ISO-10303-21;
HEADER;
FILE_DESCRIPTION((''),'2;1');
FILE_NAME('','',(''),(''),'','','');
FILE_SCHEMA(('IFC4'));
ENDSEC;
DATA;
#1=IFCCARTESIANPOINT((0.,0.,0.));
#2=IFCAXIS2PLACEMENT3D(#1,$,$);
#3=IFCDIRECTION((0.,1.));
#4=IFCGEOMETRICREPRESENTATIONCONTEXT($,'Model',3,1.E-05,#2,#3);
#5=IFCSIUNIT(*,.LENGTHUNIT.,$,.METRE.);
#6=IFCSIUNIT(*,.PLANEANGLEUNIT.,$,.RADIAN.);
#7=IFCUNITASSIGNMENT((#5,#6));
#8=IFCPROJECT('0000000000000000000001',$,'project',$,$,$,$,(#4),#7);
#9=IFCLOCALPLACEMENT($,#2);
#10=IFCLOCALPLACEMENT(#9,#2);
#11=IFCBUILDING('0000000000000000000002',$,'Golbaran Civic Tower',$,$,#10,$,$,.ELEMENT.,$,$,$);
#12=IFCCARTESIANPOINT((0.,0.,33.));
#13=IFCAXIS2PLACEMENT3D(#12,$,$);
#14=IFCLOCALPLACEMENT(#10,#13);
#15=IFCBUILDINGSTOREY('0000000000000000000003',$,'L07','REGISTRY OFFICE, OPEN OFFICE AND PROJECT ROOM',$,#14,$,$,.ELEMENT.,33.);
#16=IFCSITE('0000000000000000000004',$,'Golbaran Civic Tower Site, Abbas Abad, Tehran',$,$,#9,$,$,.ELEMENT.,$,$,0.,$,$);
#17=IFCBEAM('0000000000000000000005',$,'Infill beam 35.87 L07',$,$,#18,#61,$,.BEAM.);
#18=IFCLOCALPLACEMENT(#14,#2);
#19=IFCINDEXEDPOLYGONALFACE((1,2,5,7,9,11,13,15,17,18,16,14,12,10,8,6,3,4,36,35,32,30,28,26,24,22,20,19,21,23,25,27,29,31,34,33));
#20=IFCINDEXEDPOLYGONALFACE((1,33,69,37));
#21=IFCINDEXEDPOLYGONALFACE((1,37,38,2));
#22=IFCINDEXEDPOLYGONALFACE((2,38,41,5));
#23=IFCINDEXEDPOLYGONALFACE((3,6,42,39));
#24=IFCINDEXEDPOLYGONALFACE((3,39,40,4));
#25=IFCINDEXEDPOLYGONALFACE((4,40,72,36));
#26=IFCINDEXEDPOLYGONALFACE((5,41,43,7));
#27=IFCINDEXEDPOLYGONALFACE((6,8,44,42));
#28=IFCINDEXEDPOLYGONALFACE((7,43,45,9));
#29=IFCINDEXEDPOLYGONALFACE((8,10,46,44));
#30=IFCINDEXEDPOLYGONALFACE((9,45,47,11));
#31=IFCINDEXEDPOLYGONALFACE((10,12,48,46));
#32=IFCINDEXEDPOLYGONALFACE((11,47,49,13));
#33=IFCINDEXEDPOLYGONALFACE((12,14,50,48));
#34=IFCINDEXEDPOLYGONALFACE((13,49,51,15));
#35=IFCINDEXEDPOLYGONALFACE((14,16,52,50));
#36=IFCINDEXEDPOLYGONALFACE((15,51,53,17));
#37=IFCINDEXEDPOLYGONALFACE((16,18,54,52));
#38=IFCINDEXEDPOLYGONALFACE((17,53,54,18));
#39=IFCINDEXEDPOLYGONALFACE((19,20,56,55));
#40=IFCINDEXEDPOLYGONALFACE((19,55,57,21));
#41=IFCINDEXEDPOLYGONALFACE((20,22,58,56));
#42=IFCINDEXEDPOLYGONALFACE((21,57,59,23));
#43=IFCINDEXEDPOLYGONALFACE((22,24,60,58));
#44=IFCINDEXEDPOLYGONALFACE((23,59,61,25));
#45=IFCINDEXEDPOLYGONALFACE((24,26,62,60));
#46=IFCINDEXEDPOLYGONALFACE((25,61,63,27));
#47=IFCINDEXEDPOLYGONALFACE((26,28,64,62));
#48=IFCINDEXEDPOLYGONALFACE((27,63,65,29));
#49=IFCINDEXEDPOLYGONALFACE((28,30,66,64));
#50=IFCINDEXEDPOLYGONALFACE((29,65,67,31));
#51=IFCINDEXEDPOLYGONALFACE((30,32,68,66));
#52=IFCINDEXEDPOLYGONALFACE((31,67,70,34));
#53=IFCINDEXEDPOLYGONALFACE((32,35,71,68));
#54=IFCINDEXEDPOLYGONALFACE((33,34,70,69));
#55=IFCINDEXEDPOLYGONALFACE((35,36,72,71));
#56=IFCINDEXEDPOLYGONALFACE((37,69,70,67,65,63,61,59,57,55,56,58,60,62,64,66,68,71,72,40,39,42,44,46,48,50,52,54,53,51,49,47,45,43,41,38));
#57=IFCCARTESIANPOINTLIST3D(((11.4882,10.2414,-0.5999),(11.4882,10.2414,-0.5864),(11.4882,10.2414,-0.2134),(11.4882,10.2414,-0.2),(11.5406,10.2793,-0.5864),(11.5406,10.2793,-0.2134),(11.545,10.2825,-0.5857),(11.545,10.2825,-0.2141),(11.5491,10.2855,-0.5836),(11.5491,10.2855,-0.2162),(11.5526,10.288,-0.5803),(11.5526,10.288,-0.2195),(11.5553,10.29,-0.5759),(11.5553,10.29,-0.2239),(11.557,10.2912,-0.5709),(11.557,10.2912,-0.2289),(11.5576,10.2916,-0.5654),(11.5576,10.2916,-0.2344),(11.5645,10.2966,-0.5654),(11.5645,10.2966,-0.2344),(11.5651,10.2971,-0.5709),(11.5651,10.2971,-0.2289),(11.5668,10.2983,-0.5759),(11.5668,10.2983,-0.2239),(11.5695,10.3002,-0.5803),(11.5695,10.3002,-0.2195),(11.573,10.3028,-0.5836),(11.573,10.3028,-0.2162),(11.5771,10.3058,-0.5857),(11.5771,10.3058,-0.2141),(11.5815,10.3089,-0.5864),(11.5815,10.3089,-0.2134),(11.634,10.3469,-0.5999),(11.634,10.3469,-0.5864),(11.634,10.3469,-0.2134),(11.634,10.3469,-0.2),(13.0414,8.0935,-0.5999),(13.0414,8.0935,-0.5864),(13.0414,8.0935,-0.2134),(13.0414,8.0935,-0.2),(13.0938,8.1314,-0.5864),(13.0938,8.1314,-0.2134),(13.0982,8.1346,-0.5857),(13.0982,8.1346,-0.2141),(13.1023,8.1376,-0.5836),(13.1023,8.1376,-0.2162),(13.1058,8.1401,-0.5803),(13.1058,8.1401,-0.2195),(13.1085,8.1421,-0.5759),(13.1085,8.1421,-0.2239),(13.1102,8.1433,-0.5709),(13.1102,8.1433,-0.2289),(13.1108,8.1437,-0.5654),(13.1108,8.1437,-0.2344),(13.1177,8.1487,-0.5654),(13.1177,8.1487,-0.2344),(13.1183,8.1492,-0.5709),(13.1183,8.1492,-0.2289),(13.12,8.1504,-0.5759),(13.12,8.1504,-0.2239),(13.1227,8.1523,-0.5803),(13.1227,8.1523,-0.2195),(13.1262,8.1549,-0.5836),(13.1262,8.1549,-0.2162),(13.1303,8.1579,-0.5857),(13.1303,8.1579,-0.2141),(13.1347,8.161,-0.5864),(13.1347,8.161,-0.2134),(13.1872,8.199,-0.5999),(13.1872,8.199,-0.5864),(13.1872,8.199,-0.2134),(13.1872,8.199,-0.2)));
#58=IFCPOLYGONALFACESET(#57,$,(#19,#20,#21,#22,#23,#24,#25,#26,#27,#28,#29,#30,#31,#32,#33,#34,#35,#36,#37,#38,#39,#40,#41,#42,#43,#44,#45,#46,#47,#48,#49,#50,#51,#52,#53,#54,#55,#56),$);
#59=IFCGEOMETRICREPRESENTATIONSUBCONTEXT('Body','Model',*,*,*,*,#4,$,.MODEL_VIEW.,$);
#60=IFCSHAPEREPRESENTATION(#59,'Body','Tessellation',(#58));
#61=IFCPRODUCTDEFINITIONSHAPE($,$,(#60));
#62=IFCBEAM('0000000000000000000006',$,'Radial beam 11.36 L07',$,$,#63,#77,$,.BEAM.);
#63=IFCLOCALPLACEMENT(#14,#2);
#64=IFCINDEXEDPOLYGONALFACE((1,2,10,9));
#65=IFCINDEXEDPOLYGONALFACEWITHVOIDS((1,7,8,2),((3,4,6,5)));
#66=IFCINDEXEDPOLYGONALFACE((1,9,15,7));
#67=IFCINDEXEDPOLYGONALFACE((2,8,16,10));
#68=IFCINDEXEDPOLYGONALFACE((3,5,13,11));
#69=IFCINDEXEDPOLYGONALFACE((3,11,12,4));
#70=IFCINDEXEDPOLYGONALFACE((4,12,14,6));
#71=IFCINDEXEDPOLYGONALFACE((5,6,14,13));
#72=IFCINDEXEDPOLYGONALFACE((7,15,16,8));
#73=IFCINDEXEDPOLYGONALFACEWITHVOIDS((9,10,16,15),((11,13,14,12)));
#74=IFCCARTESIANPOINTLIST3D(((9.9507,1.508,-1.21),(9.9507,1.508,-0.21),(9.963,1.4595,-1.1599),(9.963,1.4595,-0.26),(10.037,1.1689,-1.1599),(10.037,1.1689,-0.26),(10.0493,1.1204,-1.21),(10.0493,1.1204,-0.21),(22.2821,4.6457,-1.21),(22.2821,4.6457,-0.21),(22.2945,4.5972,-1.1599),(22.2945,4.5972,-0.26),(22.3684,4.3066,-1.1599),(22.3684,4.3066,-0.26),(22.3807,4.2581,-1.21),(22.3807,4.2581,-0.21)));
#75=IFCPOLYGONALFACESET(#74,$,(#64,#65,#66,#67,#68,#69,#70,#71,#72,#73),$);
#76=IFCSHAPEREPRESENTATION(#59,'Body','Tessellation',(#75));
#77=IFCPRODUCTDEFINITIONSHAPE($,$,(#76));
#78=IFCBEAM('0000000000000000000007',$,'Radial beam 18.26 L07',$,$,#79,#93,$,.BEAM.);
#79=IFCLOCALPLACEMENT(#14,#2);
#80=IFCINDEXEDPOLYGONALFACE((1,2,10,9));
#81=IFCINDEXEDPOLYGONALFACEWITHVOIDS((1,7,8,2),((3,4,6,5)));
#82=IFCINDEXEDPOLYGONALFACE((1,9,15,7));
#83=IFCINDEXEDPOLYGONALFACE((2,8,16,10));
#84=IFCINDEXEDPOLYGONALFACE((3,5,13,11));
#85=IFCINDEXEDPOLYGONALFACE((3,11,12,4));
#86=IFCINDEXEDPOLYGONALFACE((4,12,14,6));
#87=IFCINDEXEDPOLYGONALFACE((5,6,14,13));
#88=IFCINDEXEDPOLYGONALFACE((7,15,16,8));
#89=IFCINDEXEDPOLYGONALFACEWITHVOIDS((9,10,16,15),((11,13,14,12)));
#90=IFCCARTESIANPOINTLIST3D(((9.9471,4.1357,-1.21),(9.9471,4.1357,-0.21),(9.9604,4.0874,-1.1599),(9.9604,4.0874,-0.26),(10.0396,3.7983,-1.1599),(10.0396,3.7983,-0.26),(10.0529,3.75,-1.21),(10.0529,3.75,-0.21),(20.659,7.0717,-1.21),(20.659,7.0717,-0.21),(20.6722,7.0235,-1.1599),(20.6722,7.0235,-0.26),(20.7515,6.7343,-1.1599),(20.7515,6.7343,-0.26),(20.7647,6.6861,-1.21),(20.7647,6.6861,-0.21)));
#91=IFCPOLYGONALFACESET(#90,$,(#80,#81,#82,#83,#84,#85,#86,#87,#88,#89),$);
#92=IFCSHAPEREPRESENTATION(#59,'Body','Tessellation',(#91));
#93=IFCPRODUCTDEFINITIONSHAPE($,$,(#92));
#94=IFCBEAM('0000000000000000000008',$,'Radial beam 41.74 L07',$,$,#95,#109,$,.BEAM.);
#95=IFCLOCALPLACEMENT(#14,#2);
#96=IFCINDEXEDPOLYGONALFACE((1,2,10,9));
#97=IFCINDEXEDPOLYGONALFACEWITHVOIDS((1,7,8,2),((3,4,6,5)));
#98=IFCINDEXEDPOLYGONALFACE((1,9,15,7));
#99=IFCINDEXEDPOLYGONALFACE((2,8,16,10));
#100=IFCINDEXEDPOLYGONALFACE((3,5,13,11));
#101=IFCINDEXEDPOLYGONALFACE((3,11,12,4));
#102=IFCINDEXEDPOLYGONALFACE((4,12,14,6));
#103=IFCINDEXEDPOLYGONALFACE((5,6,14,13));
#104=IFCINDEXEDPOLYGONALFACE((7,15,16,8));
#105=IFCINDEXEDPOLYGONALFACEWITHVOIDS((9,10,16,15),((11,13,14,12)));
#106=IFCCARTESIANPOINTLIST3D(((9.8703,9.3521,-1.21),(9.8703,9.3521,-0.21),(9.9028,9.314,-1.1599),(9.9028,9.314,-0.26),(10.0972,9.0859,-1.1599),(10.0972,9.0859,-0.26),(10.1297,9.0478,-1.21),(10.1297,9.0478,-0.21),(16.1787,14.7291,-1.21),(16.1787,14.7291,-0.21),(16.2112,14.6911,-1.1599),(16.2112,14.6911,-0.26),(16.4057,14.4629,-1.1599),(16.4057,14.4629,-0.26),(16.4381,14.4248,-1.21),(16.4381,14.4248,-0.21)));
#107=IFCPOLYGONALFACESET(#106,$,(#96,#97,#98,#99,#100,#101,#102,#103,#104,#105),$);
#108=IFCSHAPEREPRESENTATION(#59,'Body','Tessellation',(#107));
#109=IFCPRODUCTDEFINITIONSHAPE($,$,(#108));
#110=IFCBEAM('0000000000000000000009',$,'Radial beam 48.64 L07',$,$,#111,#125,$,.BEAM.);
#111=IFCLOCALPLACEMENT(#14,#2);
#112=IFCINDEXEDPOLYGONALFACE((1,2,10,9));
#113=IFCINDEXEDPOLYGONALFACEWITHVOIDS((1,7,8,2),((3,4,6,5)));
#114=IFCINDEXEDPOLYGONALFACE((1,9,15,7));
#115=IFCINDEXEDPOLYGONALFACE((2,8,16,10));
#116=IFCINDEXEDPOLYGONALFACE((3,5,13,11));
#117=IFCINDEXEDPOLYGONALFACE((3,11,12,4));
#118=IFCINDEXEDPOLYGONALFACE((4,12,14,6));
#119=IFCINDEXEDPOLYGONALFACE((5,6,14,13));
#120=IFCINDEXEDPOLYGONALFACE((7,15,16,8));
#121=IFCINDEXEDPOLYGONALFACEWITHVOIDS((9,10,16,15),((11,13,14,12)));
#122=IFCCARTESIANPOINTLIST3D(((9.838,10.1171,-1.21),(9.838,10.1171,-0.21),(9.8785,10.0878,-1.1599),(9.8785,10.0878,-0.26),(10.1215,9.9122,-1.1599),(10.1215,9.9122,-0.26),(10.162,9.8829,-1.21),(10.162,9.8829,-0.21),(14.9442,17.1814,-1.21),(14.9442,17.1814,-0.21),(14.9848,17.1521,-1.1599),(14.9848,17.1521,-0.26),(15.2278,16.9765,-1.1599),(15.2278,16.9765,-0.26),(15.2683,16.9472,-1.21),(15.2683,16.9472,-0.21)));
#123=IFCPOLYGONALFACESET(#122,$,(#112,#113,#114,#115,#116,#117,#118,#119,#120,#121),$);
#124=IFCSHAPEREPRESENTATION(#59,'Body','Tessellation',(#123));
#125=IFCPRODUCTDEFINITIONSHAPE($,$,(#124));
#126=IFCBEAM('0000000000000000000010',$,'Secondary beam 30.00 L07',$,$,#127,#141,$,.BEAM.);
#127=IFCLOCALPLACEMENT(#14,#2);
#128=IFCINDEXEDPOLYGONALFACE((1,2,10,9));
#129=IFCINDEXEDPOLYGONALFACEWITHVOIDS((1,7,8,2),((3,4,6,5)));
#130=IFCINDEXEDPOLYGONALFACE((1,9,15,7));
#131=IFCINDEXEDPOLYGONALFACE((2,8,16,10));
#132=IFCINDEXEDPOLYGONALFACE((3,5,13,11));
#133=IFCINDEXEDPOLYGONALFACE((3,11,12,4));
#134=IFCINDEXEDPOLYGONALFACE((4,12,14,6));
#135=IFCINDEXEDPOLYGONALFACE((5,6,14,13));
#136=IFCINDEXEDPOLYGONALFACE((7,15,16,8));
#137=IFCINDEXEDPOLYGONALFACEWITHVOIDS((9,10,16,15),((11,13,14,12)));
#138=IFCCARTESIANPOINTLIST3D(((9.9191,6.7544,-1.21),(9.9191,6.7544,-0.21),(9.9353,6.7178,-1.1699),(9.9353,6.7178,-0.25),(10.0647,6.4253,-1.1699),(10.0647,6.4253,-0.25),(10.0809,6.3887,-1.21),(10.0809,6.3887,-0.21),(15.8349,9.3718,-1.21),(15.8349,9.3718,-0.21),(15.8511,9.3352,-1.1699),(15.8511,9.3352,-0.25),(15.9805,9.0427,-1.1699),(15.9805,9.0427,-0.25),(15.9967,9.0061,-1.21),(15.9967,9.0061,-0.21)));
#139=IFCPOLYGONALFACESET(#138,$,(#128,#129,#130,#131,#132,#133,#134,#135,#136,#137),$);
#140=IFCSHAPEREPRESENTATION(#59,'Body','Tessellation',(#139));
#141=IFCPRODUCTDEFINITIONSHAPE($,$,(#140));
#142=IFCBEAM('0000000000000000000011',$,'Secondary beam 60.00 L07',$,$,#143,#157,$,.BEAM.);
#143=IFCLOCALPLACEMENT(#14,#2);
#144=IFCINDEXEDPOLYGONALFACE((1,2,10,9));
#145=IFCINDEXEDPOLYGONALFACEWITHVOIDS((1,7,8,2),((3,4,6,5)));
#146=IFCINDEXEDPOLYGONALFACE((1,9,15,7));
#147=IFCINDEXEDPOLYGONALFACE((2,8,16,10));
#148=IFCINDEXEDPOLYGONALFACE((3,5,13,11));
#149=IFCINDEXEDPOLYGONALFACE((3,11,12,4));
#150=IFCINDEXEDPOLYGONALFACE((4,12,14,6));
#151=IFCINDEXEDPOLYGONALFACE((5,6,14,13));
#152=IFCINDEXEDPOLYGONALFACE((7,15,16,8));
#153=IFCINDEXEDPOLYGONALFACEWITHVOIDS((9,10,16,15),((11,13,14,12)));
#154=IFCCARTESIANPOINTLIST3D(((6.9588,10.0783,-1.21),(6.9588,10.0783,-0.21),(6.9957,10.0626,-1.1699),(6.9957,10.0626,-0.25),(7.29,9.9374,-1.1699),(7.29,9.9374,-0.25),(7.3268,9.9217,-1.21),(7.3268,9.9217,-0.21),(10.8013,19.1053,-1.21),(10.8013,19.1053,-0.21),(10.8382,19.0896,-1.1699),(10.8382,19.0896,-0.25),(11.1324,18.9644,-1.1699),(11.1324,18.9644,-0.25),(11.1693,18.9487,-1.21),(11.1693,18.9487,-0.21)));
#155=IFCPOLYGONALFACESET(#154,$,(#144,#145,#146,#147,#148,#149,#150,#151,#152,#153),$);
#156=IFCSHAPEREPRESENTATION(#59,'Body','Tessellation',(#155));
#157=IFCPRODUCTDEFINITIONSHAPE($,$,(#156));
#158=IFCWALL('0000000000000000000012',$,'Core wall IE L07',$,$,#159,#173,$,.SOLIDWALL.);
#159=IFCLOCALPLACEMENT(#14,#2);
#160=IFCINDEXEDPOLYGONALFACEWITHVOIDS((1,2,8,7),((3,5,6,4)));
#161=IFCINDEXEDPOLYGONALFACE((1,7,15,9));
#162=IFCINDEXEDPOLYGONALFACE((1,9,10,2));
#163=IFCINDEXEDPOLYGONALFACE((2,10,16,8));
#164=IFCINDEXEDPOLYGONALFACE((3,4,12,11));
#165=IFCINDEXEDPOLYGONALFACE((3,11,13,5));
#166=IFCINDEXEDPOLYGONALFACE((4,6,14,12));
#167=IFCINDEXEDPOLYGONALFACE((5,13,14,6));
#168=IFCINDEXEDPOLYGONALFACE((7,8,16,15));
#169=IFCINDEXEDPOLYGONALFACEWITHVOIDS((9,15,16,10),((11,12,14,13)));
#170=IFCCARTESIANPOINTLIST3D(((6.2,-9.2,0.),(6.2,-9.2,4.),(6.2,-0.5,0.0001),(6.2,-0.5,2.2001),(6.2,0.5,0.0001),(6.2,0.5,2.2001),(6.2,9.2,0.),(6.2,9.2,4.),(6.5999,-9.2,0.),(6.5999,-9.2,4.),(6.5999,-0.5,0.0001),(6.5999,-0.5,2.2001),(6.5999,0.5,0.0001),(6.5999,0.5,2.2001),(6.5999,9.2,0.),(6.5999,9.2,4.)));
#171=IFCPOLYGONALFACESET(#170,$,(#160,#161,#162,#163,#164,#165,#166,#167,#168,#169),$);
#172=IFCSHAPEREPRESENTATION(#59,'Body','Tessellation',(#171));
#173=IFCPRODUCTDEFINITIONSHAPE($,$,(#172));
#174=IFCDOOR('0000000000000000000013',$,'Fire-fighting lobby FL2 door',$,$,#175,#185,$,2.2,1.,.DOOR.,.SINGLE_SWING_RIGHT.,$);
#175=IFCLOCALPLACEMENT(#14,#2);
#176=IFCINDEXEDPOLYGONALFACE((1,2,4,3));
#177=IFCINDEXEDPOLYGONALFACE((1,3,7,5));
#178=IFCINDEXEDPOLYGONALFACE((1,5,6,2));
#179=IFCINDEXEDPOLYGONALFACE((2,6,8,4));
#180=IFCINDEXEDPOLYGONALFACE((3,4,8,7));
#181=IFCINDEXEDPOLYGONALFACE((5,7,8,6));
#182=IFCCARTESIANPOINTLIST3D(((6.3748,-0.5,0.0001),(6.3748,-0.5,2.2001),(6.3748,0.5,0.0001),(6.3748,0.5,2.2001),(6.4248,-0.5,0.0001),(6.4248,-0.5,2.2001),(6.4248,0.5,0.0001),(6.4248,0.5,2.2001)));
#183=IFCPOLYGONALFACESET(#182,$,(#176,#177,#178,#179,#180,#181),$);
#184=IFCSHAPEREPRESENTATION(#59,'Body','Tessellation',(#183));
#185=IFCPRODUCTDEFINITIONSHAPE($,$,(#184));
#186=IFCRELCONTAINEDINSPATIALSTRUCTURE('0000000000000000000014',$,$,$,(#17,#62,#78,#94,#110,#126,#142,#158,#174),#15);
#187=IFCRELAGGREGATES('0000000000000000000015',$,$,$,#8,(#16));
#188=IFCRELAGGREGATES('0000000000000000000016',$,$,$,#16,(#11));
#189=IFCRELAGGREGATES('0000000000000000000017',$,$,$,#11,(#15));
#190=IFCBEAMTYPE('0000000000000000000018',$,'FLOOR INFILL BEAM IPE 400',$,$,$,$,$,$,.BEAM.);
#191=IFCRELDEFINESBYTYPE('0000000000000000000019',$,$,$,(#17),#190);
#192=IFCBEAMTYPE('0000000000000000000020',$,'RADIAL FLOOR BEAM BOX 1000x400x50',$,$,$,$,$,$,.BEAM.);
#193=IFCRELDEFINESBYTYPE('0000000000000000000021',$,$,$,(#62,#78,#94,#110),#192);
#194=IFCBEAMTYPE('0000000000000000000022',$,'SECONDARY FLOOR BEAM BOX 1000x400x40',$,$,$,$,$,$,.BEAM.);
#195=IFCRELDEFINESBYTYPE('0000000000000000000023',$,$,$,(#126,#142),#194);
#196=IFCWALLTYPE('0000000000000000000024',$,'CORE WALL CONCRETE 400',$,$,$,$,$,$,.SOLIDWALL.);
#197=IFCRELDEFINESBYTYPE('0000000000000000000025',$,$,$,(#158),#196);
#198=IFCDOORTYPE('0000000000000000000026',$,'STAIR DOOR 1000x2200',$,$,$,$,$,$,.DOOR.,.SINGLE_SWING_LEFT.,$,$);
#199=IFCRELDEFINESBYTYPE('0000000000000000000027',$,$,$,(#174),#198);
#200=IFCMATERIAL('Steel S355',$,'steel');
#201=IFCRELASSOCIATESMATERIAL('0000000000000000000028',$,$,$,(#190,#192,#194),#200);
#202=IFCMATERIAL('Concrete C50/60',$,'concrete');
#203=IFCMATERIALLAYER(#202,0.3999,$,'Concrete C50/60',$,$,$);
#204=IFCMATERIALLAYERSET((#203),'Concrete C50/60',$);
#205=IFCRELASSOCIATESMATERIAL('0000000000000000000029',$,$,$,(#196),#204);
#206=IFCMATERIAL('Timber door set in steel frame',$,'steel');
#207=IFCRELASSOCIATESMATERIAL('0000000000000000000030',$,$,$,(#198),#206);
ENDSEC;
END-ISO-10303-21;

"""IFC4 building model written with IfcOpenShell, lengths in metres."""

from ifc_helpers import new_model, si_unit, direction, frame, frame_2d, origin, origin_2d, place, context, subcontext, project, spatial, rectangle, hollow_rectangle, i_section, extrude, material, layer, layer_set, material_profile, profile_set, type_object, element, fill, save


model = new_model("IFC4")

# Units and contexts
model_context = context("Model", 3, precision=1e-05, world=origin(), true_north=direction((0.0, 1.0)))
body_context = subcontext(model_context, "Body", "Model", "MODEL_VIEW")
ifc_project = project(units=[si_unit("LENGTHUNIT", "METRE"), si_unit("PLANEANGLEUNIT", "RADIAN")], contexts=[model_context])

# Site, building, storey
site_placement = place(None, origin())
site = spatial("IfcSite", under=ifc_project, at=site_placement, Name="Golbaran Civic Tower Site, Abbas Abad, Tehran", CompositionType="ELEMENT", RefElevation=0.0)
building_placement = place(site_placement, origin())
building = spatial("IfcBuilding", under=site, at=building_placement, Name="Golbaran Civic Tower", CompositionType="ELEMENT")
storey_placement = place(building_placement, frame((0.0, 0.0, 33.0)))
storey = spatial("IfcBuildingStorey", under=building, at=storey_placement, Name="L07", Description="REGISTRY OFFICE, OPEN OFFICE AND PROJECT ROOM", CompositionType="ELEMENT", Elevation=33.0)

# Beams
ifc_material_1 = material(Name="Steel S355", Category="steel")
ifc_material_profile_1 = material_profile(ifc_material_1, i_section(OverallWidth=0.1799, OverallDepth=0.3999, WebThickness=0.0085, FlangeThickness=0.0134, FilletRadius=0.021, at=origin_2d()), Name="IPE 400")
ifc_profile_set_1 = profile_set([ifc_material_profile_1], Name="Steel S355")
beam_type_1 = type_object("IfcBeamType", Name="FLOOR INFILL BEAM IPE 400", PredefinedType="BEAM", material=ifc_profile_set_1)
beam_1_placement = place(storey_placement, frame((13.1143, 8.1462, -0.3999), z_axis=(-0.585968, 0.810334, 0.0), x_axis=(-0.810334, -0.585968, 0.0)))
element("IfcBeam", 1, at=beam_1_placement, inside=storey, type_object=beam_type_1, Name="Infill beam 35.87 L07", PredefinedType="BEAM", context=body_context, shape_type="SweptSolid", body=[
    extrude(i_section(OverallWidth=0.1799, OverallDepth=0.3999, WebThickness=0.0085, FlangeThickness=0.0134, FilletRadius=0.021, at=origin_2d()), origin(), (0.0, 0.0, 1.0), 2.6506),
])
ifc_material_profile_2 = material_profile(ifc_material_1, hollow_rectangle(XDim=0.3999, YDim=1.0, WallThickness=0.05, at=origin_2d()), Name="BOX 1000x400x50")
ifc_profile_set_2 = profile_set([ifc_material_profile_2], Name="Steel S355")
beam_type_2 = type_object("IfcBeamType", Name="RADIAL FLOOR BEAM BOX 1000x400x50", PredefinedType="BEAM", material=ifc_profile_set_2)
beam_2_placement = place(storey_placement, frame((10.0, 1.3142, -0.71), z_axis=(0.969121, 0.246588, 0.0), x_axis=(-0.246588, 0.969121, 0.0)))
element("IfcBeam", 2, at=beam_2_placement, inside=storey, type_object=beam_type_2, Name="Radial beam 11.36 L07", PredefinedType="BEAM", context=body_context, shape_type="SweptSolid", body=[
    extrude(hollow_rectangle(XDim=0.3999, YDim=1.0, WallThickness=0.05, at=origin_2d()), origin(), (0.0, 0.0, 1.0), 12.7244),
])
beam_3_placement = place(storey_placement, frame((10.0, 3.9429, -0.71), z_axis=(0.964429, 0.264341, 0.0), x_axis=(-0.264341, 0.964429, 0.0)))
element("IfcBeam", 3, at=beam_3_placement, inside=storey, type_object=beam_type_2, Name="Radial beam 18.26 L07", PredefinedType="BEAM", context=body_context, shape_type="SweptSolid", body=[
    extrude(hollow_rectangle(XDim=0.3999, YDim=1.0, WallThickness=0.05, at=origin_2d()), origin(), (0.0, 0.0, 1.0), 11.1069),
])
beam_4_placement = place(storey_placement, frame((10.0, 9.2, -0.71), z_axis=(0.761054, 0.648688, 0.0), x_axis=(-0.648688, 0.761054, 0.0)))
element("IfcBeam", 4, at=beam_4_placement, inside=storey, type_object=beam_type_2, Name="Radial beam 41.74 L07", PredefinedType="BEAM", context=body_context, shape_type="SweptSolid", body=[
    extrude(hollow_rectangle(XDim=0.3999, YDim=1.0, WallThickness=0.05, at=origin_2d()), origin(), (0.0, 0.0, 1.0), 8.2891),
])
beam_5_placement = place(storey_placement, frame((10.0, 10.0, -0.71), z_axis=(0.585813, 0.810447, 0.0), x_axis=(-0.810447, 0.585813, 0.0)))
element("IfcBeam", 5, at=beam_5_placement, inside=storey, type_object=beam_type_2, Name="Radial beam 48.64 L07", PredefinedType="BEAM", context=body_context, shape_type="SweptSolid", body=[
    extrude(hollow_rectangle(XDim=0.3999, YDim=1.0, WallThickness=0.05, at=origin_2d()), origin(), (0.0, 0.0, 1.0), 8.7166),
])
ifc_material_profile_3 = material_profile(ifc_material_1, hollow_rectangle(XDim=0.3999, YDim=1.0, WallThickness=0.04, at=origin_2d()), Name="BOX 1000x400x40")
ifc_profile_set_3 = profile_set([ifc_material_profile_3], Name="Steel S355")
beam_type_3 = type_object("IfcBeamType", Name="SECONDARY FLOOR BEAM BOX 1000x400x40", PredefinedType="BEAM", material=ifc_profile_set_3)
beam_6_placement = place(storey_placement, frame((10.0, 6.5715, -0.71), z_axis=(0.914487, 0.404615, 0.0), x_axis=(-0.404615, 0.914487, 0.0)))
element("IfcBeam", 6, at=beam_6_placement, inside=storey, type_object=beam_type_3, Name="Secondary beam 30.00 L07", PredefinedType="BEAM", context=body_context, shape_type="SweptSolid", body=[
    extrude(hollow_rectangle(XDim=0.3999, YDim=1.0, WallThickness=0.04, at=origin_2d()), origin(), (0.0, 0.0, 1.0), 6.469),
])
beam_7_placement = place(storey_placement, frame((7.1428, 10.0, -0.71), z_axis=(0.39166, 0.92011, 0.0), x_axis=(-0.92011, 0.39166, 0.0)))
element("IfcBeam", 7, at=beam_7_placement, inside=storey, type_object=beam_type_3, Name="Secondary beam 60.00 L07", PredefinedType="BEAM", context=body_context, shape_type="SweptSolid", body=[
    extrude(hollow_rectangle(XDim=0.3999, YDim=1.0, WallThickness=0.04, at=origin_2d()), origin(), (0.0, 0.0, 1.0), 9.8108),
])

# Wall, opening, door
ifc_material_2 = material(Name="Concrete C50/60", Category="concrete")
ifc_layer_1 = layer(ifc_material_2, 0.3999, Name="Concrete C50/60")
ifc_layer_set_1 = layer_set([ifc_layer_1], Name="Concrete C50/60")
wall_type_1 = type_object("IfcWallType", Name="CORE WALL CONCRETE 400", PredefinedType="SOLIDWALL", material=ifc_layer_set_1)
wall_1_placement = place(storey_placement, frame((6.3999, 9.2, 0.0), z_axis=(0.0, 0.0, 1.0), x_axis=(0.0, -1.0, 0.0)))
wall_1 = element("IfcWall", 8, at=wall_1_placement, inside=storey, type_object=wall_type_1, Name="Core wall IE L07", PredefinedType="SOLIDWALL", context=body_context, shape_type="SweptSolid", body=[
    extrude(rectangle(XDim=18.3999, YDim=0.3999, at=frame_2d((9.2, 0.0))), origin(), (0.0, 0.0, 1.0), 4.0),
])
opening_1_placement = place(wall_1_placement, frame((8.7, 0.0, 0.0)))
opening_1 = element("IfcOpeningElement", 9, at=opening_1_placement, cuts=wall_1, PredefinedType="OPENING", context=body_context, shape_type="SweptSolid", body=[
    extrude(rectangle(XDim=1.0, YDim=2.2, at=frame_2d((0.5, 1.1001))), frame((0.0, 0.21, 0.0), z_axis=(0.0, -1.0, 0.0), x_axis=(1.0, 0.0, 0.0)), (0.0, 0.0, 1.0), 0.4199),
])
ifc_material_3 = material(Name="Timber door set in steel frame", Category="steel")
door_type_1 = type_object("IfcDoorType", Name="STAIR DOOR 1000x2200", OperationType="SINGLE_SWING_LEFT", PredefinedType="DOOR", material=ifc_material_3)
door_1_placement = place(opening_1_placement, origin())
door_1 = element("IfcDoor", 10, at=door_1_placement, inside=storey, type_object=door_type_1, Name="Fire-fighting lobby FL2 door", OperationType="SINGLE_SWING_RIGHT", OverallHeight=2.2, OverallWidth=1.0, PredefinedType="DOOR", context=body_context, shape_type="SweptSolid", body=[
    extrude(rectangle(XDim=1.0, YDim=2.2, at=frame_2d((0.5, 1.1001))), frame((0.0, 0.0249, 0.0), z_axis=(0.0, -1.0, 0.0), x_axis=(1.0, 0.0, 0.0)), (0.0, 0.0, 1.0), 0.05),
])
fill(opening_1, door_1)

save(model, "model.ifc")
